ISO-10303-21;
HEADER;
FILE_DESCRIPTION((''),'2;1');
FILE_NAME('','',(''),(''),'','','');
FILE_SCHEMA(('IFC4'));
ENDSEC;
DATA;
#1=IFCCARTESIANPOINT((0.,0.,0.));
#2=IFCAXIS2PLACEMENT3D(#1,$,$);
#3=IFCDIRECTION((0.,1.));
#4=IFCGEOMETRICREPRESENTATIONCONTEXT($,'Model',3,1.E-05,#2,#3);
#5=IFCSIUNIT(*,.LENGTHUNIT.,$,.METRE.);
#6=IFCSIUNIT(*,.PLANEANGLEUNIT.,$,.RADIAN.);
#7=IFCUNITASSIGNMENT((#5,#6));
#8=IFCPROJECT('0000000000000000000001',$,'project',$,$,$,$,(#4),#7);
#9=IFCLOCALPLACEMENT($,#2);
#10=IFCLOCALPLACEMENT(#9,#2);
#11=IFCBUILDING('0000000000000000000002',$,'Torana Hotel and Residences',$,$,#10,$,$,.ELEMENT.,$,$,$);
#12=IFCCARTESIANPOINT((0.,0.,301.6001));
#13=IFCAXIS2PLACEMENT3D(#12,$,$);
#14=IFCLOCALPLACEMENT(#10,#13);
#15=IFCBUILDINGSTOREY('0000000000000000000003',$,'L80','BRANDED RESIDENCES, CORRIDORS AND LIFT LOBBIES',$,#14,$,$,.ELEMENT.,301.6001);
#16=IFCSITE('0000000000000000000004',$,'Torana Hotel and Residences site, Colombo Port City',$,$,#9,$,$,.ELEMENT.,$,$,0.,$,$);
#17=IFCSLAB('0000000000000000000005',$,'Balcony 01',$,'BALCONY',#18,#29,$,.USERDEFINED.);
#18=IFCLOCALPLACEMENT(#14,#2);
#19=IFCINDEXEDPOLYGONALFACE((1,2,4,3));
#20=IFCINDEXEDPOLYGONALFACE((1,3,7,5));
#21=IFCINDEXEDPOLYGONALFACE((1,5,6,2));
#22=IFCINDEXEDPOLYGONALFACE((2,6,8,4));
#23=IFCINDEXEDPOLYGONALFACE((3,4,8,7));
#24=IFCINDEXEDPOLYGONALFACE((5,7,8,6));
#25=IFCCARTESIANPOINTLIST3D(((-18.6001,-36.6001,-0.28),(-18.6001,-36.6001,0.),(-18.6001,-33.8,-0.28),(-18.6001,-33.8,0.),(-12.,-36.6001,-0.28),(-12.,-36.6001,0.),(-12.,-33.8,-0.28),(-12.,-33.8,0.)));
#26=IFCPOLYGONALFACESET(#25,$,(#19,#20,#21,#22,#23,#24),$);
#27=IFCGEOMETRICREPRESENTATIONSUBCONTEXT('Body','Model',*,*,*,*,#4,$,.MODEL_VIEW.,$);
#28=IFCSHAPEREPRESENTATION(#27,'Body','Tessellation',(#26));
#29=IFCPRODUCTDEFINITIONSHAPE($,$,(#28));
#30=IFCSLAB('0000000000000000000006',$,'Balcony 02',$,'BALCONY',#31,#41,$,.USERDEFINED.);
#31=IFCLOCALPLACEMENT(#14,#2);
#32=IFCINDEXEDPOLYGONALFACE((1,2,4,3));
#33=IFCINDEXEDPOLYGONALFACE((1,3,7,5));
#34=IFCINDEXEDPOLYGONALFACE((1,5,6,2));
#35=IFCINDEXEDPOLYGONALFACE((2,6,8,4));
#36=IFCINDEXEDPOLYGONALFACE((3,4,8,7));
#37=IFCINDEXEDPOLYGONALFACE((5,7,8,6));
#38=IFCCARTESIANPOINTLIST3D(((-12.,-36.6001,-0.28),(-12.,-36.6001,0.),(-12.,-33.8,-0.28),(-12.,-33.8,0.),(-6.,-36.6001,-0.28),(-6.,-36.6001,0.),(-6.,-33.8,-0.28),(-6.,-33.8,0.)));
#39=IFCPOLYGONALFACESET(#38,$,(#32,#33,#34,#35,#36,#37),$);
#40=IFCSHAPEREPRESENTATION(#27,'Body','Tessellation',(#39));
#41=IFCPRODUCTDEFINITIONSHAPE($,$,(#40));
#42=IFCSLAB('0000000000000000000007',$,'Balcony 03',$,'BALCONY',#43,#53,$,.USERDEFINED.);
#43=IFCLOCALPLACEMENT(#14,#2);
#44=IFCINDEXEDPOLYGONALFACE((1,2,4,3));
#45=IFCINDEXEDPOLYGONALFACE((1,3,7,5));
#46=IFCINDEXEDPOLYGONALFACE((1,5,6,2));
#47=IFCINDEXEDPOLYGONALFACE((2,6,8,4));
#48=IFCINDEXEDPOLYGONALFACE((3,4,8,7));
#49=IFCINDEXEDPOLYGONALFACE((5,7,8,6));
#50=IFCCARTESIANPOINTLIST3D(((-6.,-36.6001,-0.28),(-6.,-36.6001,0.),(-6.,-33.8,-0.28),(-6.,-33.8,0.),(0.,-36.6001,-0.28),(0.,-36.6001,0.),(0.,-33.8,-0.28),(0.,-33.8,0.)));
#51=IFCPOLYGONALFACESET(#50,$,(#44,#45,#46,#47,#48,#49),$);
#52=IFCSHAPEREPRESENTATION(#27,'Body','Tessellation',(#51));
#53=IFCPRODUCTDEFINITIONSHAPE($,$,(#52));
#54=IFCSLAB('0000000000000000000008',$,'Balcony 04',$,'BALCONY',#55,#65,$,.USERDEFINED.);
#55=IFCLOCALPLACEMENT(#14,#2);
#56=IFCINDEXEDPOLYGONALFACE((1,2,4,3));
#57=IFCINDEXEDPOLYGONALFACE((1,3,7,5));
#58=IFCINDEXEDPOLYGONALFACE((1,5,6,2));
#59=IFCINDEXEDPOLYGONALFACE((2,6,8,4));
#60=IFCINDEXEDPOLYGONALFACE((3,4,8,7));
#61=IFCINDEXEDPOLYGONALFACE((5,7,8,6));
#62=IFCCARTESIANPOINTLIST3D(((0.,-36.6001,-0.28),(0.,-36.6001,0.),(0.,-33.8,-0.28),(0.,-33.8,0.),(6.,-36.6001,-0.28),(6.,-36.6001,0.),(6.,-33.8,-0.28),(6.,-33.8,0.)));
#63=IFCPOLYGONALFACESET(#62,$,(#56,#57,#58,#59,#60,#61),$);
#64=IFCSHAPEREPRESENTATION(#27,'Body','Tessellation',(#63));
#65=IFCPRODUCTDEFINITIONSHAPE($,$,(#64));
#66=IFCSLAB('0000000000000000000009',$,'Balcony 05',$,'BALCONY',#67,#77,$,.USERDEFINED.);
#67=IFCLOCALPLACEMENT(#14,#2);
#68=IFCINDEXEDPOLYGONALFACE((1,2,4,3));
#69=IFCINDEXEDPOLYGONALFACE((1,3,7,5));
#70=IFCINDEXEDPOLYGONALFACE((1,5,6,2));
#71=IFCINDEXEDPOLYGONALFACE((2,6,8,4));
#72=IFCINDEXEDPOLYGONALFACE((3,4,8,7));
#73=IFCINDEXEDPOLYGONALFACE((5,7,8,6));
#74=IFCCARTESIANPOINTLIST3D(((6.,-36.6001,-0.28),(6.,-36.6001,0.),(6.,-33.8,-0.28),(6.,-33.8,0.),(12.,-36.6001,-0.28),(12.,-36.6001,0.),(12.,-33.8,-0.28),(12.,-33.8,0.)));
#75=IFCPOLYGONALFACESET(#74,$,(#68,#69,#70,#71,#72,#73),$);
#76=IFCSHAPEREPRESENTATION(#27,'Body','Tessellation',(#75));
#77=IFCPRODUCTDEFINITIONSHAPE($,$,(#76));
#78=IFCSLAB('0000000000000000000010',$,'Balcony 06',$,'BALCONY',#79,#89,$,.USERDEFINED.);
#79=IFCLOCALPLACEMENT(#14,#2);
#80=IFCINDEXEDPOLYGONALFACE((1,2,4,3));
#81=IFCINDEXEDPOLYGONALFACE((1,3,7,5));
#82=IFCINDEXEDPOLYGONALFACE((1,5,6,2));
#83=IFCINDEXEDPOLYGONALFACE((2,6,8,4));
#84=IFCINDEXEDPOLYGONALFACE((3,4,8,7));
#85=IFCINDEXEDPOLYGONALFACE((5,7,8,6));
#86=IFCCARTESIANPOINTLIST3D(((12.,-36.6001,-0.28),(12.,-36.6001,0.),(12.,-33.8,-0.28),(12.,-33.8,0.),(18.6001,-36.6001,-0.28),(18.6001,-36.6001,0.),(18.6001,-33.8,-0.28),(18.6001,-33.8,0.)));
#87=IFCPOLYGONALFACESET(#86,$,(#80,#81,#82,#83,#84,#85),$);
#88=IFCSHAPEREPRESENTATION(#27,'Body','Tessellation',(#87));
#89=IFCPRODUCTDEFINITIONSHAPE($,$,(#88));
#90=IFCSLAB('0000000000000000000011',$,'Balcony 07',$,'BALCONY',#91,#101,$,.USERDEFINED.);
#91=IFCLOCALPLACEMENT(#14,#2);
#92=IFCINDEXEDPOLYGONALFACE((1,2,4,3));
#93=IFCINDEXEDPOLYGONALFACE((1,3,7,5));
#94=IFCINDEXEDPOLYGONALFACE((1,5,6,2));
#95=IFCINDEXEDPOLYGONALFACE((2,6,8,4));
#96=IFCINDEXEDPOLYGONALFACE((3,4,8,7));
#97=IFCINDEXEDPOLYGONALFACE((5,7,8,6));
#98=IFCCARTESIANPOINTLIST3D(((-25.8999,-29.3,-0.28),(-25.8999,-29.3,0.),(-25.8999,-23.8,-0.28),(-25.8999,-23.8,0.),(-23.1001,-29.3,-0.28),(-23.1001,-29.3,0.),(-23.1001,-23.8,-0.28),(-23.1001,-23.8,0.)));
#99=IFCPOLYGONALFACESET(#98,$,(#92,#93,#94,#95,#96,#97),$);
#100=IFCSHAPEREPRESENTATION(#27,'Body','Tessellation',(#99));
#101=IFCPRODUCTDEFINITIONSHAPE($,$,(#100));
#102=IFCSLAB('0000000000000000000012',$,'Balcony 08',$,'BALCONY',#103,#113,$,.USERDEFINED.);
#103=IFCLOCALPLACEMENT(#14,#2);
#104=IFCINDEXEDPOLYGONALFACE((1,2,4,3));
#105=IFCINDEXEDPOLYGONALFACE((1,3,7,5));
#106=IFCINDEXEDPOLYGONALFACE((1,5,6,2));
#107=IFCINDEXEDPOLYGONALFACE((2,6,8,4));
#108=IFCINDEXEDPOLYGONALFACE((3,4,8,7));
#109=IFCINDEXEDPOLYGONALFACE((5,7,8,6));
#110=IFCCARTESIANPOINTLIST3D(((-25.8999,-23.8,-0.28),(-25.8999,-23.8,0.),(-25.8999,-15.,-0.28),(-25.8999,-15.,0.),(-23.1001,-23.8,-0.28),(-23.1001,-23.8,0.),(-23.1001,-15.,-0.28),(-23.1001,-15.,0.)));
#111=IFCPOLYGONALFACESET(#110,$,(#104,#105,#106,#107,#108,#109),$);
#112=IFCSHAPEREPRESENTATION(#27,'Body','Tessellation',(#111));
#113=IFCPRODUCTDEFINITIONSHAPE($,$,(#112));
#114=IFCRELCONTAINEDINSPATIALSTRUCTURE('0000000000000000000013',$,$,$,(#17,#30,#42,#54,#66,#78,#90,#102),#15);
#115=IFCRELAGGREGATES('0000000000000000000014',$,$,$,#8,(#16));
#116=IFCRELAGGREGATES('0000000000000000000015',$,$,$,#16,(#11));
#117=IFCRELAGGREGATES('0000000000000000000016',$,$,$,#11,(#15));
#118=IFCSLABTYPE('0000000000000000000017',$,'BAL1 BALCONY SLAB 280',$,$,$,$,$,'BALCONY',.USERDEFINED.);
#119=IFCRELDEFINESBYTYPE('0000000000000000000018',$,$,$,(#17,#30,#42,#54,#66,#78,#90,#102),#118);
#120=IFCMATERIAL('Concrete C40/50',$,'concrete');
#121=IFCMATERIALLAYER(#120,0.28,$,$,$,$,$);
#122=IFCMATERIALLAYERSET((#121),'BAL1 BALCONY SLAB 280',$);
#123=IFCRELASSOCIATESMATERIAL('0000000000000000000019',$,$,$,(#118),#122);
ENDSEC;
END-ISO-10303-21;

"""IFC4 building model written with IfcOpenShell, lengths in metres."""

from ifc_helpers import new_model, si_unit, direction, frame, origin, place, context, subcontext, project, spatial, polyline, outline, extrude, material, layer, layer_set, type_object, element, save


model = new_model("IFC4")

# Units and contexts
model_context = context("Model", 3, precision=1e-05, world=origin(), true_north=direction((0.0, 1.0)))
body_context = subcontext(model_context, "Body", "Model", "MODEL_VIEW")
ifc_project = project(units=[si_unit("LENGTHUNIT", "METRE"), si_unit("PLANEANGLEUNIT", "RADIAN")], contexts=[model_context])

# Site, building, storey
site_placement = place(None, origin())
site = spatial("IfcSite", under=ifc_project, at=site_placement, Name="Torana Hotel and Residences site, Colombo Port City", CompositionType="ELEMENT", RefElevation=0.0)
building_placement = place(site_placement, origin())
building = spatial("IfcBuilding", under=site, at=building_placement, Name="Torana Hotel and Residences", CompositionType="ELEMENT")
storey_placement = place(building_placement, frame((0.0, 0.0, 301.6001)))
storey = spatial("IfcBuildingStorey", under=building, at=storey_placement, Name="L80", Description="BRANDED RESIDENCES, CORRIDORS AND LIFT LOBBIES", CompositionType="ELEMENT", Elevation=301.6001)

# Slabs
ifc_material_1 = material(Name="Concrete C40/50", Category="concrete")
ifc_layer_1 = layer(ifc_material_1, 0.28)
ifc_layer_set_1 = layer_set([ifc_layer_1], Name="BAL1 BALCONY SLAB 280")
slab_type_1 = type_object("IfcSlabType", Name="BAL1 BALCONY SLAB 280", ElementType="BALCONY", PredefinedType="USERDEFINED", material=ifc_layer_set_1)
slab_1_placement = place(storey_placement, frame((0.0, 0.0, -0.28)))
element("IfcSlab", 1, at=slab_1_placement, inside=storey, type_object=slab_type_1, Name="Balcony 01", ObjectType="BALCONY", PredefinedType="USERDEFINED", context=body_context, shape_type="SweptSolid", body=[
    extrude(outline(polyline([(-18.6001, -36.6001), (-12.0, -36.6001), (-12.0, -33.8), (-18.6001, -33.8), (-18.6001, -36.6001)])), origin(), (0.0, 0.0, 1.0), 0.28),
])
slab_2_placement = place(storey_placement, frame((0.0, 0.0, -0.28)))
element("IfcSlab", 2, at=slab_2_placement, inside=storey, type_object=slab_type_1, Name="Balcony 02", ObjectType="BALCONY", PredefinedType="USERDEFINED", context=body_context, shape_type="SweptSolid", body=[
    extrude(outline(polyline([(-12.0, -36.6001), (-6.0, -36.6001), (-6.0, -33.8), (-12.0, -33.8), (-12.0, -36.6001)])), origin(), (0.0, 0.0, 1.0), 0.28),
])
slab_3_placement = place(storey_placement, frame((0.0, 0.0, -0.28)))
element("IfcSlab", 3, at=slab_3_placement, inside=storey, type_object=slab_type_1, Name="Balcony 03", ObjectType="BALCONY", PredefinedType="USERDEFINED", context=body_context, shape_type="SweptSolid", body=[
    extrude(outline(polyline([(-6.0, -36.6001), (0.0, -36.6001), (0.0, -33.8), (-6.0, -33.8), (-6.0, -36.6001)])), origin(), (0.0, 0.0, 1.0), 0.28),
])
slab_4_placement = place(storey_placement, frame((0.0, 0.0, -0.28)))
element("IfcSlab", 4, at=slab_4_placement, inside=storey, type_object=slab_type_1, Name="Balcony 04", ObjectType="BALCONY", PredefinedType="USERDEFINED", context=body_context, shape_type="SweptSolid", body=[
    extrude(outline(polyline([(0.0, -36.6001), (6.0, -36.6001), (6.0, -33.8), (0.0, -33.8), (0.0, -36.6001)])), origin(), (0.0, 0.0, 1.0), 0.28),
])
slab_5_placement = place(storey_placement, frame((0.0, 0.0, -0.28)))
element("IfcSlab", 5, at=slab_5_placement, inside=storey, type_object=slab_type_1, Name="Balcony 05", ObjectType="BALCONY", PredefinedType="USERDEFINED", context=body_context, shape_type="SweptSolid", body=[
    extrude(outline(polyline([(6.0, -36.6001), (12.0, -36.6001), (12.0, -33.8), (6.0, -33.8), (6.0, -36.6001)])), origin(), (0.0, 0.0, 1.0), 0.28),
])
slab_6_placement = place(storey_placement, frame((0.0, 0.0, -0.28)))
element("IfcSlab", 6, at=slab_6_placement, inside=storey, type_object=slab_type_1, Name="Balcony 06", ObjectType="BALCONY", PredefinedType="USERDEFINED", context=body_context, shape_type="SweptSolid", body=[
    extrude(outline(polyline([(12.0, -36.6001), (18.6001, -36.6001), (18.6001, -33.8), (12.0, -33.8), (12.0, -36.6001)])), origin(), (0.0, 0.0, 1.0), 0.28),
])
slab_7_placement = place(storey_placement, frame((0.0, 0.0, -0.28)))
element("IfcSlab", 7, at=slab_7_placement, inside=storey, type_object=slab_type_1, Name="Balcony 07", ObjectType="BALCONY", PredefinedType="USERDEFINED", context=body_context, shape_type="SweptSolid", body=[
    extrude(outline(polyline([(-25.8999, -29.3), (-23.1001, -29.3), (-23.1001, -23.8), (-25.8999, -23.8), (-25.8999, -29.3)])), origin(), (0.0, 0.0, 1.0), 0.28),
])
slab_8_placement = place(storey_placement, frame((0.0, 0.0, -0.28)))
element("IfcSlab", 8, at=slab_8_placement, inside=storey, type_object=slab_type_1, Name="Balcony 08", ObjectType="BALCONY", PredefinedType="USERDEFINED", context=body_context, shape_type="SweptSolid", body=[
    extrude(outline(polyline([(-25.8999, -23.8), (-23.1001, -23.8), (-23.1001, -15.0), (-25.8999, -15.0), (-25.8999, -23.8)])), origin(), (0.0, 0.0, 1.0), 0.28),
])

save(model, "model.ifc")
